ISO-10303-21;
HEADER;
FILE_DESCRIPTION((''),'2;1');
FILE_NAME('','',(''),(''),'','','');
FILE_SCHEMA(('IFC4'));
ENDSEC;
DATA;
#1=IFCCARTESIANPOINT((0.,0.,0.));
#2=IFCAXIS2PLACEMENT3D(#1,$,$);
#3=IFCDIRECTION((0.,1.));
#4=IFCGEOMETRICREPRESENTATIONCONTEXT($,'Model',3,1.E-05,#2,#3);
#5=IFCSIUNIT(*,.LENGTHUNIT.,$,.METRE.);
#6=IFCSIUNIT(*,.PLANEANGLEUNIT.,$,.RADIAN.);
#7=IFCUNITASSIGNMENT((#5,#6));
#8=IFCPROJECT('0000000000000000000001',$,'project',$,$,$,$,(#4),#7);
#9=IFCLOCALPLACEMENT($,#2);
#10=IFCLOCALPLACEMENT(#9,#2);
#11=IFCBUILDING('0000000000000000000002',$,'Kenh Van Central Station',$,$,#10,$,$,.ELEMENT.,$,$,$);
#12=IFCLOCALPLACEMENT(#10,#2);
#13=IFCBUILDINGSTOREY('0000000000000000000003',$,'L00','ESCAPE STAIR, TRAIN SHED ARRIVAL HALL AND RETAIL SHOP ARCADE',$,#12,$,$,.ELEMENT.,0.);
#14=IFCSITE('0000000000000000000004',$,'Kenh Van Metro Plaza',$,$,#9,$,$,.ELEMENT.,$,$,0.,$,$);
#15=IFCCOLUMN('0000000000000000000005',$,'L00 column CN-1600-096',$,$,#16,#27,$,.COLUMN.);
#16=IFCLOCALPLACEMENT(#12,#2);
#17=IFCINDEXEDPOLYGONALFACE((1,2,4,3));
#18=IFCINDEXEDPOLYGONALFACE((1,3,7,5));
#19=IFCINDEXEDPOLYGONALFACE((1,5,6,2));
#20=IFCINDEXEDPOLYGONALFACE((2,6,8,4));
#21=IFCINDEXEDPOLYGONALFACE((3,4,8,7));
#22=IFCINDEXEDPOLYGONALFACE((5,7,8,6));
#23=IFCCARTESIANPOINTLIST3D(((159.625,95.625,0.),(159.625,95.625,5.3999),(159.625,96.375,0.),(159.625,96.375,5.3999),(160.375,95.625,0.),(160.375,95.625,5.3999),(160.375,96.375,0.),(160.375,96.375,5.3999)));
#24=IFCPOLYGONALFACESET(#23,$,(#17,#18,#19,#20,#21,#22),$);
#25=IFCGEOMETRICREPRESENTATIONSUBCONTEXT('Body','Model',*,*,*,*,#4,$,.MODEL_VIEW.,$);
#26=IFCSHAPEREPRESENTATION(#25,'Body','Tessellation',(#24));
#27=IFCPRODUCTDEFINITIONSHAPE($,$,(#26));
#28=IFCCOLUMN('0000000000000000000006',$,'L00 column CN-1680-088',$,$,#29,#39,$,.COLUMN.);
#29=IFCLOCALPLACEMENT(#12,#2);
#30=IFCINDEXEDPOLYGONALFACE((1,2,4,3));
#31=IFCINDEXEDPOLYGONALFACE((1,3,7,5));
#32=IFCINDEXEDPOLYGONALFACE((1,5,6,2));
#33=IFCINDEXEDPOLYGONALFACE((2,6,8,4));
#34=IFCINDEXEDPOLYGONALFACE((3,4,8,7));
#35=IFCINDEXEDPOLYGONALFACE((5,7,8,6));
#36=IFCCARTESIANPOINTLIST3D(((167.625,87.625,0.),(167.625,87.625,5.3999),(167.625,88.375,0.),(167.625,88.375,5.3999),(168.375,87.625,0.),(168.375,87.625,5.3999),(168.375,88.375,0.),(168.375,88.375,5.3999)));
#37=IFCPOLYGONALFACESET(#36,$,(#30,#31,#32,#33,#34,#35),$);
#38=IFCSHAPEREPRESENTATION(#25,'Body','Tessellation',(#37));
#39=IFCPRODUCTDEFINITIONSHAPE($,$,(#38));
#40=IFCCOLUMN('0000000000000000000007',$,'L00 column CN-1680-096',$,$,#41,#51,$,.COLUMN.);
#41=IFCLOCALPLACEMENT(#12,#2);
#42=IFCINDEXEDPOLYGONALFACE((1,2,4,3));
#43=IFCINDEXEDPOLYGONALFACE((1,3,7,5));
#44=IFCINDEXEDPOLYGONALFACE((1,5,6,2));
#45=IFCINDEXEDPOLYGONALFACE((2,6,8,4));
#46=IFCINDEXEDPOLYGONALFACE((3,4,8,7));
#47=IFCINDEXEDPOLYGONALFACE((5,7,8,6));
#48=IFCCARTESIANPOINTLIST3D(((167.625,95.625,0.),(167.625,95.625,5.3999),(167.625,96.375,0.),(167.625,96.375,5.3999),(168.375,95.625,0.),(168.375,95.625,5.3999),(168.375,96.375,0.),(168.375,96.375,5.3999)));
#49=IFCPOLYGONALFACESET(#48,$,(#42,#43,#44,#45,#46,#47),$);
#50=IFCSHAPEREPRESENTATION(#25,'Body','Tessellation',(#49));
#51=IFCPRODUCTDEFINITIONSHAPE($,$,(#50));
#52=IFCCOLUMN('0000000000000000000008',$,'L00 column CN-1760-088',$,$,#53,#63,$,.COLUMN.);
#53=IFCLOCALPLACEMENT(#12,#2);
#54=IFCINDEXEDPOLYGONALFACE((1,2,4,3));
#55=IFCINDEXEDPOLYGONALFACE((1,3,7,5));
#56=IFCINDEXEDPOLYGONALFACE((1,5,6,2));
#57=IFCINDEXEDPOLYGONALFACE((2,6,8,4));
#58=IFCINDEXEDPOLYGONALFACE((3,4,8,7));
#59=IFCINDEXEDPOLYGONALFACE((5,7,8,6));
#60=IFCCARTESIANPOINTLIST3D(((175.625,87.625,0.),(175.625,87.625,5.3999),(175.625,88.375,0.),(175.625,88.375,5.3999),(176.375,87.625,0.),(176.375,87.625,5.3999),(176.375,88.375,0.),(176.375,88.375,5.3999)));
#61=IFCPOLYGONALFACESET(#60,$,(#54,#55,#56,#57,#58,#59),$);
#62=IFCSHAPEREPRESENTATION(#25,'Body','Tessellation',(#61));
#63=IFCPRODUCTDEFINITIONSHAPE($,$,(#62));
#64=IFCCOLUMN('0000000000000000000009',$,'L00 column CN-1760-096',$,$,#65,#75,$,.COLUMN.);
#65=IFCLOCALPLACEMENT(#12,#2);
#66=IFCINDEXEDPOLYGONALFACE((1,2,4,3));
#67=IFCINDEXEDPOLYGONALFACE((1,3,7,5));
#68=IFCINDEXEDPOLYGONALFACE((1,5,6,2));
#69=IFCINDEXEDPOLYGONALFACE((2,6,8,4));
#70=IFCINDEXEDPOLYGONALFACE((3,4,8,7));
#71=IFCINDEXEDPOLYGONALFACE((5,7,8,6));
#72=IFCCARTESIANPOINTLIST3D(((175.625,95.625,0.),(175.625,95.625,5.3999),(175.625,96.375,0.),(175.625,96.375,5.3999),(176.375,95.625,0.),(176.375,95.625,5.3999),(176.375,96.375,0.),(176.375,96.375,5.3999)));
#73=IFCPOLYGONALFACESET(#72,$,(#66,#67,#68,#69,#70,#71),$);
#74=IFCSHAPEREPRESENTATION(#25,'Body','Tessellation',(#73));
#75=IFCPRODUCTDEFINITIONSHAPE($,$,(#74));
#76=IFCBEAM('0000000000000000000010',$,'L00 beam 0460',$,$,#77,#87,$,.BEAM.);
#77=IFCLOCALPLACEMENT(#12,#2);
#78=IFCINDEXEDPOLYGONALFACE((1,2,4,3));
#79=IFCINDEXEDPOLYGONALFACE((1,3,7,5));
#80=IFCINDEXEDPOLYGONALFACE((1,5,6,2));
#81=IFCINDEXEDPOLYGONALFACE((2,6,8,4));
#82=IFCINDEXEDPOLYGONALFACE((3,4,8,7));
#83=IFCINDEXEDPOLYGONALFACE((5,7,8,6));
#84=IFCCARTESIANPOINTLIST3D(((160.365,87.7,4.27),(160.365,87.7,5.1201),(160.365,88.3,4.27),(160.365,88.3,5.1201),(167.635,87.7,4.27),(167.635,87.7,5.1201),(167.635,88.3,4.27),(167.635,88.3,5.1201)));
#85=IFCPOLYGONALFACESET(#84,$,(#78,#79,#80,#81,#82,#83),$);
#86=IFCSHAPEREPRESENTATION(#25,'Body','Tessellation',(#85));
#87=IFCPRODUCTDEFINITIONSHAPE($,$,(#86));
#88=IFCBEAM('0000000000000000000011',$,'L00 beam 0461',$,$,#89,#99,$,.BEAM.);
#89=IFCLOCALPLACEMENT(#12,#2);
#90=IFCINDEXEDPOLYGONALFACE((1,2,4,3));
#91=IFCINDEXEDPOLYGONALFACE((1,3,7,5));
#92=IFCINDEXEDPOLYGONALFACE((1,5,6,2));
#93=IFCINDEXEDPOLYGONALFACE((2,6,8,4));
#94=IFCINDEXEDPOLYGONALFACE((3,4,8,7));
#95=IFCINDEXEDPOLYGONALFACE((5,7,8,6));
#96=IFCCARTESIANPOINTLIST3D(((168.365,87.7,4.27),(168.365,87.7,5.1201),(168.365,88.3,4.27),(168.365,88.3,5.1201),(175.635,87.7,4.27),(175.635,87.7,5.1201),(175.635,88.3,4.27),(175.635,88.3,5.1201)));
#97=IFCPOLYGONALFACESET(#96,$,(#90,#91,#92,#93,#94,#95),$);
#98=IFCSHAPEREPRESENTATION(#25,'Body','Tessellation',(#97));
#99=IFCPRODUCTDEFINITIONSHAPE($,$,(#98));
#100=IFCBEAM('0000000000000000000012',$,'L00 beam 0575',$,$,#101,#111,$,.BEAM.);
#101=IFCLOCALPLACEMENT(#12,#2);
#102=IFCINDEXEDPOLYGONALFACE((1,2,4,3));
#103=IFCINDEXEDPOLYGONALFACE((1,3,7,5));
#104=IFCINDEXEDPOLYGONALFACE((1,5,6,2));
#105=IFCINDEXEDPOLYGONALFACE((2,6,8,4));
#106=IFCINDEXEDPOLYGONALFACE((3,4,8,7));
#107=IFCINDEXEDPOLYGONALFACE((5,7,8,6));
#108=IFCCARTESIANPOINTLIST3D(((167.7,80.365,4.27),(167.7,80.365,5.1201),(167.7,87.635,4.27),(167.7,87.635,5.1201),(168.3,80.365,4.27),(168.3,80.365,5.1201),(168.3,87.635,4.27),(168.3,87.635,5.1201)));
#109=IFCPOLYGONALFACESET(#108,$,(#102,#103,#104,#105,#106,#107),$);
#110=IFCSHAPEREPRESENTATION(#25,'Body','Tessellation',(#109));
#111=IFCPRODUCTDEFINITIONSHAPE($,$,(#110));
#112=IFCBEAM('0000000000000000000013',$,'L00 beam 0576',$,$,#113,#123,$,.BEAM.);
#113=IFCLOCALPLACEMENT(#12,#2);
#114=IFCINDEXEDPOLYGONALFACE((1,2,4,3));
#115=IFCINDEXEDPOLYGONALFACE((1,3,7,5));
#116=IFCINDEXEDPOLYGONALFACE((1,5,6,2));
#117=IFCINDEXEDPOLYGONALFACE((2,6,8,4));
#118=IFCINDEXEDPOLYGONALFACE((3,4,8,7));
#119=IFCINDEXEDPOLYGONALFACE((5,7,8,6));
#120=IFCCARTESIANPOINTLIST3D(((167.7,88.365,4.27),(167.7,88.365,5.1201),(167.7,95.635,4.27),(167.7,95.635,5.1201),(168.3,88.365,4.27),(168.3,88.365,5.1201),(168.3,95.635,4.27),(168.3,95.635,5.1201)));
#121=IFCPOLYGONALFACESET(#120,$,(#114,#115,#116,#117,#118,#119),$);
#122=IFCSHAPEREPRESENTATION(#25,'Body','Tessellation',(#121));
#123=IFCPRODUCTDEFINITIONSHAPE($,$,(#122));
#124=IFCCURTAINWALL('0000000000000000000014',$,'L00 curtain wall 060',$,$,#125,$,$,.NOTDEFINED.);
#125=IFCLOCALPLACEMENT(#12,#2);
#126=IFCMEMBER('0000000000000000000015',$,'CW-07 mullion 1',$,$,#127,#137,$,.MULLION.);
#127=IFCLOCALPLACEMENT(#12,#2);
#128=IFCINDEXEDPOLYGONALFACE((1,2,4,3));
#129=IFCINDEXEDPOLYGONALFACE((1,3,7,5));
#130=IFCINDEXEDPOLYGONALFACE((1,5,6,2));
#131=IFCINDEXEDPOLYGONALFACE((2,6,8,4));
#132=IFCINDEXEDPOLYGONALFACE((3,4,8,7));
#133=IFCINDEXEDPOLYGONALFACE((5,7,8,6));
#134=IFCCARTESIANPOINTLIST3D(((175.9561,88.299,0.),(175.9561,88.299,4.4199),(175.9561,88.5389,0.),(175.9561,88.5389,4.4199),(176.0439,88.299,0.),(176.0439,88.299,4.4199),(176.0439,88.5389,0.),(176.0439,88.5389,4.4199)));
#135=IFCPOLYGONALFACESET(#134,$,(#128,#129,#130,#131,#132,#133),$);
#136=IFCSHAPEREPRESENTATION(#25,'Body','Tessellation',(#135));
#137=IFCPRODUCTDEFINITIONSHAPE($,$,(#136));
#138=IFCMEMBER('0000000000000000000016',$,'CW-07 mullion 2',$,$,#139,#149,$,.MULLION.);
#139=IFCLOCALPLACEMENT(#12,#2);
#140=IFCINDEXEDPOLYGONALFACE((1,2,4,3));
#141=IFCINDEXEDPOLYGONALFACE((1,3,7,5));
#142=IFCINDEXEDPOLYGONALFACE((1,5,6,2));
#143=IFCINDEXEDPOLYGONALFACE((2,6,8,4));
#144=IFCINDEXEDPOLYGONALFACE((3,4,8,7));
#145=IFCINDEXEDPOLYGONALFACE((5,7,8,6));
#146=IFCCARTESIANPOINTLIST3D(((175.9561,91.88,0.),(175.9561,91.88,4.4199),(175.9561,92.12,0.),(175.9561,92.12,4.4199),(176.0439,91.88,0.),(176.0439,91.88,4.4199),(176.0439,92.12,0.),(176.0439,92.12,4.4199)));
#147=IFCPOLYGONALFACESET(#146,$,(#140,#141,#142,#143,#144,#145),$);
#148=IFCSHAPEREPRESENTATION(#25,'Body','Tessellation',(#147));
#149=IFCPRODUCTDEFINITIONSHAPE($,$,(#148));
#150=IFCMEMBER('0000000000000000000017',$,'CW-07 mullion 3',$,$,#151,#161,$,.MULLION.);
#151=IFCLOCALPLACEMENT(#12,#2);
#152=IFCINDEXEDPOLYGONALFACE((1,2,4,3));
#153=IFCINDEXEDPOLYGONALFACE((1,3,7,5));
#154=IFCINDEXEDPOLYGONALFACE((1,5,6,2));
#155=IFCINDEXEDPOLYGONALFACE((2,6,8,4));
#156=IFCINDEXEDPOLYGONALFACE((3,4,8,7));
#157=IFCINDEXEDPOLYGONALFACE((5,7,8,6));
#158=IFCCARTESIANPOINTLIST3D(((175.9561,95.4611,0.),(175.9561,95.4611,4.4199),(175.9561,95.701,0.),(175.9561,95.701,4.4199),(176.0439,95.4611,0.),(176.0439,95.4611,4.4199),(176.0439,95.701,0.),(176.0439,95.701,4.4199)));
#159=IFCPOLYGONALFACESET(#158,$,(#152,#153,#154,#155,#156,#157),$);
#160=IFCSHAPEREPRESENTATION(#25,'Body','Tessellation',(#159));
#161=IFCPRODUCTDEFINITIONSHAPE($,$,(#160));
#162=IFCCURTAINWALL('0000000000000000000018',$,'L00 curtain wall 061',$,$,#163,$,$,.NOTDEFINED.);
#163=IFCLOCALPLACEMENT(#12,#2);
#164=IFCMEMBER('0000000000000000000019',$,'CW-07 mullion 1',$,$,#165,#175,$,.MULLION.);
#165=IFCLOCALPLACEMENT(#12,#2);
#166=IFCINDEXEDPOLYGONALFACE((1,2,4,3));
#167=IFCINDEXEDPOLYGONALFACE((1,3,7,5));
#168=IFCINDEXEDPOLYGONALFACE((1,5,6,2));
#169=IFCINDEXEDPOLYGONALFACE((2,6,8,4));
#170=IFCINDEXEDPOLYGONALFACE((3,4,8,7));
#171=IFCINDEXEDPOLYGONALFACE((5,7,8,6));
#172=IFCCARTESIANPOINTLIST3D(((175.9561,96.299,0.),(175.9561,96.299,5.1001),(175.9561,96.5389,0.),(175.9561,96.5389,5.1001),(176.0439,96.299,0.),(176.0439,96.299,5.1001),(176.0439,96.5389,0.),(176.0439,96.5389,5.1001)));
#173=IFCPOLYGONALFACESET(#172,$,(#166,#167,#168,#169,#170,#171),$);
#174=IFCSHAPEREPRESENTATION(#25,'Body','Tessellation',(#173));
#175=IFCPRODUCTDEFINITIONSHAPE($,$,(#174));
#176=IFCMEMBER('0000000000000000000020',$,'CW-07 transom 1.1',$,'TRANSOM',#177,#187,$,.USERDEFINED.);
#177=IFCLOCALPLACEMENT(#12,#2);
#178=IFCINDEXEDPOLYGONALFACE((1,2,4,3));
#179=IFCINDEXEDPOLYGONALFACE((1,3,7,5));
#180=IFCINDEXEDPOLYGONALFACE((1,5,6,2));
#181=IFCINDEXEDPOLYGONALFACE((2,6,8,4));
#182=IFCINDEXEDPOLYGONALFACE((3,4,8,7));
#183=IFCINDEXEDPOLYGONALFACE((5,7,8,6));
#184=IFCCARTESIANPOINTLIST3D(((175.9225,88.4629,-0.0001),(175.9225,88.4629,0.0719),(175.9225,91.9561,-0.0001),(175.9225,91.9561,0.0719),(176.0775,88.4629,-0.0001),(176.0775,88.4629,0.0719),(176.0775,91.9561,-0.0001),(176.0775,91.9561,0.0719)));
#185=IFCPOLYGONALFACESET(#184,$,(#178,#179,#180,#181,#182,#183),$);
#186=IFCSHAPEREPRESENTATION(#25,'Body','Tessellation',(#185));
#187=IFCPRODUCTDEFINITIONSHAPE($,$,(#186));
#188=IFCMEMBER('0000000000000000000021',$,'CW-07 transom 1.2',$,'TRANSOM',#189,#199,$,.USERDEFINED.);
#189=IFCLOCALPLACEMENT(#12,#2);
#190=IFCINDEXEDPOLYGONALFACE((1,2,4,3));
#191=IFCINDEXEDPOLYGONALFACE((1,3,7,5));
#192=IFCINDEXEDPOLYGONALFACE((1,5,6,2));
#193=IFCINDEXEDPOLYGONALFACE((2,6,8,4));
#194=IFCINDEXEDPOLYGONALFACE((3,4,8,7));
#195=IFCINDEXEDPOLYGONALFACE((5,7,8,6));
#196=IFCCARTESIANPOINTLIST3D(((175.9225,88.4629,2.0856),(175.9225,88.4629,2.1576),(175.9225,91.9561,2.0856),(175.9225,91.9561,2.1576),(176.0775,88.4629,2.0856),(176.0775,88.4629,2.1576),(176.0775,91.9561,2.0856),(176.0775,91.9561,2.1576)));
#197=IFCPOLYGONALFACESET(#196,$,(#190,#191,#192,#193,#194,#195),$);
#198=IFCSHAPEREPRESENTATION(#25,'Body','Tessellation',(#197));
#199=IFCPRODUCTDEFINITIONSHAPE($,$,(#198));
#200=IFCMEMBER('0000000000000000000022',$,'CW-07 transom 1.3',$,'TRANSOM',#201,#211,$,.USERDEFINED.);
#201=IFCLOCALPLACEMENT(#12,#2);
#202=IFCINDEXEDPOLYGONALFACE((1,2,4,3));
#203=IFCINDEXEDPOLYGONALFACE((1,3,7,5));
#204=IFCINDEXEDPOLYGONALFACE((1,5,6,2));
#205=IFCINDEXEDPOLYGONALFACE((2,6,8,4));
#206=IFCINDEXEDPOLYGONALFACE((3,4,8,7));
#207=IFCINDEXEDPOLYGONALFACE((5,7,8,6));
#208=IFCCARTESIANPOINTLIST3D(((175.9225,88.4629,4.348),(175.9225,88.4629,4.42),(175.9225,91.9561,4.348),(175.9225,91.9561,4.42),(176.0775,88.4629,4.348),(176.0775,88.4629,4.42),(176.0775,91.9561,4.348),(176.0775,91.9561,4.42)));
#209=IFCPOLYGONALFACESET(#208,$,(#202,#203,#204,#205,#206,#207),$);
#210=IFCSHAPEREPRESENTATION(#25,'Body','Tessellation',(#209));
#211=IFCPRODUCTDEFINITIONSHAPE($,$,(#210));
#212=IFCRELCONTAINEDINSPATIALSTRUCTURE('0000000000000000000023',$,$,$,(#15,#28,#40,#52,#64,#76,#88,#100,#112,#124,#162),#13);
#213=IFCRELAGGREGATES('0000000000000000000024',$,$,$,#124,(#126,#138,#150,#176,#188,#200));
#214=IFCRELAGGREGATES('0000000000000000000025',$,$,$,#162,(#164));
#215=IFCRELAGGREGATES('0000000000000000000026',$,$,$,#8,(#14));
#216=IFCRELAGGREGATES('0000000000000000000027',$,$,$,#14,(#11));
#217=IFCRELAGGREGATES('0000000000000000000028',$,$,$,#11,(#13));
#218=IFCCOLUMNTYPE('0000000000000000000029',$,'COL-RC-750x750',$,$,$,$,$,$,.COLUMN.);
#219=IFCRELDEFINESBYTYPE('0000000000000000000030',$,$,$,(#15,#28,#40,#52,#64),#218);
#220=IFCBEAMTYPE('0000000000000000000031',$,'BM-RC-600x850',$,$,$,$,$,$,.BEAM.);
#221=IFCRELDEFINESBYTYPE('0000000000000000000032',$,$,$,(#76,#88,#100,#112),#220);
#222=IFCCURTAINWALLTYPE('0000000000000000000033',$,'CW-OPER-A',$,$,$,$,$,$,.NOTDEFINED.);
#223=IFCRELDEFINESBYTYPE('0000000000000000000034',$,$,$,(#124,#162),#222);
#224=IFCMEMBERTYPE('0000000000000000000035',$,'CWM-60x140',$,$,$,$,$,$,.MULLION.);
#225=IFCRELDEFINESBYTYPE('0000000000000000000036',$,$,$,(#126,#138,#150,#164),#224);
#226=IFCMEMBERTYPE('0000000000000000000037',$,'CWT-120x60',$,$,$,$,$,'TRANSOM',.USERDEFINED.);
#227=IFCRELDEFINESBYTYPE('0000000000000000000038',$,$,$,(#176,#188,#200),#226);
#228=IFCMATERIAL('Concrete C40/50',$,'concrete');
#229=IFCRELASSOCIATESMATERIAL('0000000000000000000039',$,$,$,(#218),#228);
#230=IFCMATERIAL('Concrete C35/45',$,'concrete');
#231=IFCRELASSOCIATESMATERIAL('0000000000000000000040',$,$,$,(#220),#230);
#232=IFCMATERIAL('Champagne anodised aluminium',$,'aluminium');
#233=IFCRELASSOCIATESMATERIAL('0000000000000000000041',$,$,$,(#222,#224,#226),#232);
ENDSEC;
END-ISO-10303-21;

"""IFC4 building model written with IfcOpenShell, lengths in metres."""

from ifc_helpers import new_model, si_unit, direction, frame, origin, origin_2d, place, context, subcontext, project, spatial, rectangle, extrude, material, material_profile, profile_set, type_object, element, aggregate, save


model = new_model("IFC4")

# Units and contexts
model_context = context("Model", 3, precision=1e-05, world=origin(), true_north=direction((0.0, 1.0)))
body_context = subcontext(model_context, "Body", "Model", "MODEL_VIEW")
ifc_project = project(units=[si_unit("LENGTHUNIT", "METRE"), si_unit("PLANEANGLEUNIT", "RADIAN")], contexts=[model_context])

# Site, building, storey
site_placement = place(None, origin())
site = spatial("IfcSite", under=ifc_project, at=site_placement, Name="Kenh Van Metro Plaza", CompositionType="ELEMENT", RefElevation=0.0)
building_placement = place(site_placement, origin())
building = spatial("IfcBuilding", under=site, at=building_placement, Name="Kenh Van Central Station", CompositionType="ELEMENT")
storey_placement = place(building_placement, origin())
storey = spatial("IfcBuildingStorey", under=building, at=storey_placement, Name="L00", Description="ESCAPE STAIR, TRAIN SHED ARRIVAL HALL AND RETAIL SHOP ARCADE", CompositionType="ELEMENT", Elevation=0.0)

# Columns
ifc_material_1 = material(Name="Concrete C40/50", Category="concrete")
ifc_material_profile_1 = material_profile(ifc_material_1, rectangle(XDim=0.75, YDim=0.75, at=origin_2d()), Name="RC 750x750")
ifc_profile_set_1 = profile_set([ifc_material_profile_1], Name="Concrete C40/50")
column_type = type_object("IfcColumnType", Name="COL-RC-750x750", PredefinedType="COLUMN", material=ifc_profile_set_1)
for number, where, z_axis, x_axis, name in (
    (1, (160.0, 96.0, 0.0), (0.0, 0.0, 1.0), (1.0, 0.0, 0.0), "L00 column CN-1600-096"),
    (2, (168.0, 88.0, 0.0), (0.0, 0.0, 1.0), (1.0, 0.0, 0.0), "L00 column CN-1680-088"),
    (3, (168.0, 96.0, 0.0), (0.0, 0.0, 1.0), (1.0, 0.0, 0.0), "L00 column CN-1680-096"),
    (4, (176.0, 88.0, 0.0), (0.0, 0.0, 1.0), (1.0, 0.0, 0.0), "L00 column CN-1760-088"),
    (5, (176.0, 96.0, 0.0), (0.0, 0.0, 1.0), (1.0, 0.0, 0.0), "L00 column CN-1760-096"),
):
    element("IfcColumn", number, at=place(storey_placement, frame(where, z_axis=z_axis, x_axis=x_axis)), inside=storey, type_object=column_type, Name=name, PredefinedType="COLUMN", context=body_context, shape_type="SweptSolid", body=[
        extrude(rectangle(XDim=0.75, YDim=0.75, at=origin_2d()), origin(), (0.0, 0.0, 1.0), 5.3999),
    ])

# Beams
ifc_material_2 = material(Name="Concrete C35/45", Category="concrete")
ifc_material_profile_2 = material_profile(ifc_material_2, rectangle(XDim=0.6001, YDim=0.8501, at=origin_2d()), Name="RC 600x850")
ifc_profile_set_2 = profile_set([ifc_material_profile_2], Name="Concrete C35/45")
beam_type_1 = type_object("IfcBeamType", Name="BM-RC-600x850", PredefinedType="BEAM", material=ifc_profile_set_2)
for number, where, z_axis, x_axis, name in (
    (6, (160.365, 88.0, 4.6951), (1.0, 0.0, 0.0), (0.0, 1.0, 0.0), "L00 beam 0460"),
    (7, (168.365, 88.0, 4.6951), (1.0, 0.0, 0.0), (0.0, 1.0, 0.0), "L00 beam 0461"),
    (8, (168.0, 80.365, 4.6951), (0.0, 1.0, 0.0), (-1.0, 0.0, 0.0), "L00 beam 0575"),
    (9, (168.0, 88.365, 4.6951), (0.0, 1.0, 0.0), (-1.0, 0.0, 0.0), "L00 beam 0576"),
):
    element("IfcBeam", number, at=place(storey_placement, frame(where, z_axis=z_axis, x_axis=x_axis)), inside=storey, type_object=beam_type_1, Name=name, PredefinedType="BEAM", context=body_context, shape_type="SweptSolid", body=[
        extrude(rectangle(XDim=0.6001, YDim=0.8501, at=origin_2d()), origin(), (0.0, 0.0, 1.0), 7.27),
    ])

# Curtain wall, members
ifc_material_3 = material(Name="Champagne anodised aluminium", Category="aluminium")
curtain_wall_type = type_object("IfcCurtainWallType", Name="CW-OPER-A", PredefinedType="NOTDEFINED", material=ifc_material_3)
curtain_wall_1_placement = place(storey_placement, origin())
curtain_wall_1 = element("IfcCurtainWall", 10, at=curtain_wall_1_placement, inside=storey, type_object=curtain_wall_type, Name="L00 curtain wall 060", PredefinedType="NOTDEFINED")
ifc_material_profile_3 = material_profile(ifc_material_3, rectangle(XDim=0.0879, YDim=0.24, at=origin_2d()), Name="AL 88x240")
ifc_profile_set_3 = profile_set([ifc_material_profile_3], Name="Champagne anodised aluminium")
member_type_1 = type_object("IfcMemberType", Name="CWM-60x140", PredefinedType="MULLION", material=ifc_profile_set_3)
member_1_placement = place(storey_placement, frame((176.0, 88.4189, 0.0), z_axis=(0.0, 0.0, 1.0), x_axis=(-1.0, 0.0, 0.0)))
member_1 = element("IfcMember", 11, at=member_1_placement, type_object=member_type_1, Name="CW-07 mullion 1", PredefinedType="MULLION", context=body_context, shape_type="SweptSolid", body=[
    extrude(rectangle(XDim=0.0879, YDim=0.24, at=origin_2d()), origin(), (0.0, 0.0, 1.0), 4.4199),
])
member_2_placement = place(storey_placement, frame((176.0, 92.0, 0.0), z_axis=(0.0, 0.0, 1.0), x_axis=(-1.0, 0.0, 0.0)))
member_2 = element("IfcMember", 12, at=member_2_placement, type_object=member_type_1, Name="CW-07 mullion 2", PredefinedType="MULLION", context=body_context, shape_type="SweptSolid", body=[
    extrude(rectangle(XDim=0.0879, YDim=0.24, at=origin_2d()), origin(), (0.0, 0.0, 1.0), 4.4199),
])
member_3_placement = place(storey_placement, frame((176.0, 95.5811, 0.0), z_axis=(0.0, 0.0, 1.0), x_axis=(-1.0, 0.0, 0.0)))
member_3 = element("IfcMember", 13, at=member_3_placement, type_object=member_type_1, Name="CW-07 mullion 3", PredefinedType="MULLION", context=body_context, shape_type="SweptSolid", body=[
    extrude(rectangle(XDim=0.0879, YDim=0.24, at=origin_2d()), origin(), (0.0, 0.0, 1.0), 4.4199),
])

# Curtain wall, member
curtain_wall_2_placement = place(storey_placement, origin())
curtain_wall_2 = element("IfcCurtainWall", 14, at=curtain_wall_2_placement, inside=storey, type_object=curtain_wall_type, Name="L00 curtain wall 061", PredefinedType="NOTDEFINED")
member_4_placement = place(storey_placement, frame((176.0, 96.4189, 0.0), z_axis=(0.0, 0.0, 1.0), x_axis=(-1.0, 0.0, 0.0)))
member_4 = element("IfcMember", 15, at=member_4_placement, type_object=member_type_1, Name="CW-07 mullion 1", PredefinedType="MULLION", context=body_context, shape_type="SweptSolid", body=[
    extrude(rectangle(XDim=0.0879, YDim=0.24, at=origin_2d()), origin(), (0.0, 0.0, 1.0), 5.1001),
])

# Members
ifc_material_profile_4 = material_profile(ifc_material_3, rectangle(XDim=0.155, YDim=0.072, at=origin_2d()), Name="AL 155x72")
ifc_profile_set_4 = profile_set([ifc_material_profile_4], Name="Champagne anodised aluminium")
member_type_2 = type_object("IfcMemberType", Name="CWT-120x60", ElementType="TRANSOM", PredefinedType="USERDEFINED", material=ifc_profile_set_4)
member_5_placement = place(storey_placement, frame((176.0, 88.4629, 0.0359), z_axis=(0.0, 1.0, 0.0), x_axis=(-1.0, 0.0, 0.0)))
member_5 = element("IfcMember", 16, at=member_5_placement, type_object=member_type_2, Name="CW-07 transom 1.1", ObjectType="TRANSOM", PredefinedType="USERDEFINED", context=body_context, shape_type="SweptSolid", body=[
    extrude(rectangle(XDim=0.155, YDim=0.072, at=origin_2d()), origin(), (0.0, 0.0, 1.0), 3.4932),
])
member_6_placement = place(storey_placement, frame((176.0, 88.4629, 2.1216), z_axis=(0.0, 1.0, 0.0), x_axis=(-1.0, 0.0, 0.0)))
member_6 = element("IfcMember", 17, at=member_6_placement, type_object=member_type_2, Name="CW-07 transom 1.2", ObjectType="TRANSOM", PredefinedType="USERDEFINED", context=body_context, shape_type="SweptSolid", body=[
    extrude(rectangle(XDim=0.155, YDim=0.072, at=origin_2d()), origin(), (0.0, 0.0, 1.0), 3.4932),
])
member_7_placement = place(storey_placement, frame((176.0, 88.4629, 4.384), z_axis=(0.0, 1.0, 0.0), x_axis=(-1.0, 0.0, 0.0)))
member_7 = element("IfcMember", 18, at=member_7_placement, type_object=member_type_2, Name="CW-07 transom 1.3", ObjectType="TRANSOM", PredefinedType="USERDEFINED", context=body_context, shape_type="SweptSolid", body=[
    extrude(rectangle(XDim=0.155, YDim=0.072, at=origin_2d()), origin(), (0.0, 0.0, 1.0), 3.4932),
])

aggregate(curtain_wall_1, [member_1, member_2, member_3, member_5, member_6, member_7])
aggregate(curtain_wall_2, [member_4])

save(model, "model.ifc")
